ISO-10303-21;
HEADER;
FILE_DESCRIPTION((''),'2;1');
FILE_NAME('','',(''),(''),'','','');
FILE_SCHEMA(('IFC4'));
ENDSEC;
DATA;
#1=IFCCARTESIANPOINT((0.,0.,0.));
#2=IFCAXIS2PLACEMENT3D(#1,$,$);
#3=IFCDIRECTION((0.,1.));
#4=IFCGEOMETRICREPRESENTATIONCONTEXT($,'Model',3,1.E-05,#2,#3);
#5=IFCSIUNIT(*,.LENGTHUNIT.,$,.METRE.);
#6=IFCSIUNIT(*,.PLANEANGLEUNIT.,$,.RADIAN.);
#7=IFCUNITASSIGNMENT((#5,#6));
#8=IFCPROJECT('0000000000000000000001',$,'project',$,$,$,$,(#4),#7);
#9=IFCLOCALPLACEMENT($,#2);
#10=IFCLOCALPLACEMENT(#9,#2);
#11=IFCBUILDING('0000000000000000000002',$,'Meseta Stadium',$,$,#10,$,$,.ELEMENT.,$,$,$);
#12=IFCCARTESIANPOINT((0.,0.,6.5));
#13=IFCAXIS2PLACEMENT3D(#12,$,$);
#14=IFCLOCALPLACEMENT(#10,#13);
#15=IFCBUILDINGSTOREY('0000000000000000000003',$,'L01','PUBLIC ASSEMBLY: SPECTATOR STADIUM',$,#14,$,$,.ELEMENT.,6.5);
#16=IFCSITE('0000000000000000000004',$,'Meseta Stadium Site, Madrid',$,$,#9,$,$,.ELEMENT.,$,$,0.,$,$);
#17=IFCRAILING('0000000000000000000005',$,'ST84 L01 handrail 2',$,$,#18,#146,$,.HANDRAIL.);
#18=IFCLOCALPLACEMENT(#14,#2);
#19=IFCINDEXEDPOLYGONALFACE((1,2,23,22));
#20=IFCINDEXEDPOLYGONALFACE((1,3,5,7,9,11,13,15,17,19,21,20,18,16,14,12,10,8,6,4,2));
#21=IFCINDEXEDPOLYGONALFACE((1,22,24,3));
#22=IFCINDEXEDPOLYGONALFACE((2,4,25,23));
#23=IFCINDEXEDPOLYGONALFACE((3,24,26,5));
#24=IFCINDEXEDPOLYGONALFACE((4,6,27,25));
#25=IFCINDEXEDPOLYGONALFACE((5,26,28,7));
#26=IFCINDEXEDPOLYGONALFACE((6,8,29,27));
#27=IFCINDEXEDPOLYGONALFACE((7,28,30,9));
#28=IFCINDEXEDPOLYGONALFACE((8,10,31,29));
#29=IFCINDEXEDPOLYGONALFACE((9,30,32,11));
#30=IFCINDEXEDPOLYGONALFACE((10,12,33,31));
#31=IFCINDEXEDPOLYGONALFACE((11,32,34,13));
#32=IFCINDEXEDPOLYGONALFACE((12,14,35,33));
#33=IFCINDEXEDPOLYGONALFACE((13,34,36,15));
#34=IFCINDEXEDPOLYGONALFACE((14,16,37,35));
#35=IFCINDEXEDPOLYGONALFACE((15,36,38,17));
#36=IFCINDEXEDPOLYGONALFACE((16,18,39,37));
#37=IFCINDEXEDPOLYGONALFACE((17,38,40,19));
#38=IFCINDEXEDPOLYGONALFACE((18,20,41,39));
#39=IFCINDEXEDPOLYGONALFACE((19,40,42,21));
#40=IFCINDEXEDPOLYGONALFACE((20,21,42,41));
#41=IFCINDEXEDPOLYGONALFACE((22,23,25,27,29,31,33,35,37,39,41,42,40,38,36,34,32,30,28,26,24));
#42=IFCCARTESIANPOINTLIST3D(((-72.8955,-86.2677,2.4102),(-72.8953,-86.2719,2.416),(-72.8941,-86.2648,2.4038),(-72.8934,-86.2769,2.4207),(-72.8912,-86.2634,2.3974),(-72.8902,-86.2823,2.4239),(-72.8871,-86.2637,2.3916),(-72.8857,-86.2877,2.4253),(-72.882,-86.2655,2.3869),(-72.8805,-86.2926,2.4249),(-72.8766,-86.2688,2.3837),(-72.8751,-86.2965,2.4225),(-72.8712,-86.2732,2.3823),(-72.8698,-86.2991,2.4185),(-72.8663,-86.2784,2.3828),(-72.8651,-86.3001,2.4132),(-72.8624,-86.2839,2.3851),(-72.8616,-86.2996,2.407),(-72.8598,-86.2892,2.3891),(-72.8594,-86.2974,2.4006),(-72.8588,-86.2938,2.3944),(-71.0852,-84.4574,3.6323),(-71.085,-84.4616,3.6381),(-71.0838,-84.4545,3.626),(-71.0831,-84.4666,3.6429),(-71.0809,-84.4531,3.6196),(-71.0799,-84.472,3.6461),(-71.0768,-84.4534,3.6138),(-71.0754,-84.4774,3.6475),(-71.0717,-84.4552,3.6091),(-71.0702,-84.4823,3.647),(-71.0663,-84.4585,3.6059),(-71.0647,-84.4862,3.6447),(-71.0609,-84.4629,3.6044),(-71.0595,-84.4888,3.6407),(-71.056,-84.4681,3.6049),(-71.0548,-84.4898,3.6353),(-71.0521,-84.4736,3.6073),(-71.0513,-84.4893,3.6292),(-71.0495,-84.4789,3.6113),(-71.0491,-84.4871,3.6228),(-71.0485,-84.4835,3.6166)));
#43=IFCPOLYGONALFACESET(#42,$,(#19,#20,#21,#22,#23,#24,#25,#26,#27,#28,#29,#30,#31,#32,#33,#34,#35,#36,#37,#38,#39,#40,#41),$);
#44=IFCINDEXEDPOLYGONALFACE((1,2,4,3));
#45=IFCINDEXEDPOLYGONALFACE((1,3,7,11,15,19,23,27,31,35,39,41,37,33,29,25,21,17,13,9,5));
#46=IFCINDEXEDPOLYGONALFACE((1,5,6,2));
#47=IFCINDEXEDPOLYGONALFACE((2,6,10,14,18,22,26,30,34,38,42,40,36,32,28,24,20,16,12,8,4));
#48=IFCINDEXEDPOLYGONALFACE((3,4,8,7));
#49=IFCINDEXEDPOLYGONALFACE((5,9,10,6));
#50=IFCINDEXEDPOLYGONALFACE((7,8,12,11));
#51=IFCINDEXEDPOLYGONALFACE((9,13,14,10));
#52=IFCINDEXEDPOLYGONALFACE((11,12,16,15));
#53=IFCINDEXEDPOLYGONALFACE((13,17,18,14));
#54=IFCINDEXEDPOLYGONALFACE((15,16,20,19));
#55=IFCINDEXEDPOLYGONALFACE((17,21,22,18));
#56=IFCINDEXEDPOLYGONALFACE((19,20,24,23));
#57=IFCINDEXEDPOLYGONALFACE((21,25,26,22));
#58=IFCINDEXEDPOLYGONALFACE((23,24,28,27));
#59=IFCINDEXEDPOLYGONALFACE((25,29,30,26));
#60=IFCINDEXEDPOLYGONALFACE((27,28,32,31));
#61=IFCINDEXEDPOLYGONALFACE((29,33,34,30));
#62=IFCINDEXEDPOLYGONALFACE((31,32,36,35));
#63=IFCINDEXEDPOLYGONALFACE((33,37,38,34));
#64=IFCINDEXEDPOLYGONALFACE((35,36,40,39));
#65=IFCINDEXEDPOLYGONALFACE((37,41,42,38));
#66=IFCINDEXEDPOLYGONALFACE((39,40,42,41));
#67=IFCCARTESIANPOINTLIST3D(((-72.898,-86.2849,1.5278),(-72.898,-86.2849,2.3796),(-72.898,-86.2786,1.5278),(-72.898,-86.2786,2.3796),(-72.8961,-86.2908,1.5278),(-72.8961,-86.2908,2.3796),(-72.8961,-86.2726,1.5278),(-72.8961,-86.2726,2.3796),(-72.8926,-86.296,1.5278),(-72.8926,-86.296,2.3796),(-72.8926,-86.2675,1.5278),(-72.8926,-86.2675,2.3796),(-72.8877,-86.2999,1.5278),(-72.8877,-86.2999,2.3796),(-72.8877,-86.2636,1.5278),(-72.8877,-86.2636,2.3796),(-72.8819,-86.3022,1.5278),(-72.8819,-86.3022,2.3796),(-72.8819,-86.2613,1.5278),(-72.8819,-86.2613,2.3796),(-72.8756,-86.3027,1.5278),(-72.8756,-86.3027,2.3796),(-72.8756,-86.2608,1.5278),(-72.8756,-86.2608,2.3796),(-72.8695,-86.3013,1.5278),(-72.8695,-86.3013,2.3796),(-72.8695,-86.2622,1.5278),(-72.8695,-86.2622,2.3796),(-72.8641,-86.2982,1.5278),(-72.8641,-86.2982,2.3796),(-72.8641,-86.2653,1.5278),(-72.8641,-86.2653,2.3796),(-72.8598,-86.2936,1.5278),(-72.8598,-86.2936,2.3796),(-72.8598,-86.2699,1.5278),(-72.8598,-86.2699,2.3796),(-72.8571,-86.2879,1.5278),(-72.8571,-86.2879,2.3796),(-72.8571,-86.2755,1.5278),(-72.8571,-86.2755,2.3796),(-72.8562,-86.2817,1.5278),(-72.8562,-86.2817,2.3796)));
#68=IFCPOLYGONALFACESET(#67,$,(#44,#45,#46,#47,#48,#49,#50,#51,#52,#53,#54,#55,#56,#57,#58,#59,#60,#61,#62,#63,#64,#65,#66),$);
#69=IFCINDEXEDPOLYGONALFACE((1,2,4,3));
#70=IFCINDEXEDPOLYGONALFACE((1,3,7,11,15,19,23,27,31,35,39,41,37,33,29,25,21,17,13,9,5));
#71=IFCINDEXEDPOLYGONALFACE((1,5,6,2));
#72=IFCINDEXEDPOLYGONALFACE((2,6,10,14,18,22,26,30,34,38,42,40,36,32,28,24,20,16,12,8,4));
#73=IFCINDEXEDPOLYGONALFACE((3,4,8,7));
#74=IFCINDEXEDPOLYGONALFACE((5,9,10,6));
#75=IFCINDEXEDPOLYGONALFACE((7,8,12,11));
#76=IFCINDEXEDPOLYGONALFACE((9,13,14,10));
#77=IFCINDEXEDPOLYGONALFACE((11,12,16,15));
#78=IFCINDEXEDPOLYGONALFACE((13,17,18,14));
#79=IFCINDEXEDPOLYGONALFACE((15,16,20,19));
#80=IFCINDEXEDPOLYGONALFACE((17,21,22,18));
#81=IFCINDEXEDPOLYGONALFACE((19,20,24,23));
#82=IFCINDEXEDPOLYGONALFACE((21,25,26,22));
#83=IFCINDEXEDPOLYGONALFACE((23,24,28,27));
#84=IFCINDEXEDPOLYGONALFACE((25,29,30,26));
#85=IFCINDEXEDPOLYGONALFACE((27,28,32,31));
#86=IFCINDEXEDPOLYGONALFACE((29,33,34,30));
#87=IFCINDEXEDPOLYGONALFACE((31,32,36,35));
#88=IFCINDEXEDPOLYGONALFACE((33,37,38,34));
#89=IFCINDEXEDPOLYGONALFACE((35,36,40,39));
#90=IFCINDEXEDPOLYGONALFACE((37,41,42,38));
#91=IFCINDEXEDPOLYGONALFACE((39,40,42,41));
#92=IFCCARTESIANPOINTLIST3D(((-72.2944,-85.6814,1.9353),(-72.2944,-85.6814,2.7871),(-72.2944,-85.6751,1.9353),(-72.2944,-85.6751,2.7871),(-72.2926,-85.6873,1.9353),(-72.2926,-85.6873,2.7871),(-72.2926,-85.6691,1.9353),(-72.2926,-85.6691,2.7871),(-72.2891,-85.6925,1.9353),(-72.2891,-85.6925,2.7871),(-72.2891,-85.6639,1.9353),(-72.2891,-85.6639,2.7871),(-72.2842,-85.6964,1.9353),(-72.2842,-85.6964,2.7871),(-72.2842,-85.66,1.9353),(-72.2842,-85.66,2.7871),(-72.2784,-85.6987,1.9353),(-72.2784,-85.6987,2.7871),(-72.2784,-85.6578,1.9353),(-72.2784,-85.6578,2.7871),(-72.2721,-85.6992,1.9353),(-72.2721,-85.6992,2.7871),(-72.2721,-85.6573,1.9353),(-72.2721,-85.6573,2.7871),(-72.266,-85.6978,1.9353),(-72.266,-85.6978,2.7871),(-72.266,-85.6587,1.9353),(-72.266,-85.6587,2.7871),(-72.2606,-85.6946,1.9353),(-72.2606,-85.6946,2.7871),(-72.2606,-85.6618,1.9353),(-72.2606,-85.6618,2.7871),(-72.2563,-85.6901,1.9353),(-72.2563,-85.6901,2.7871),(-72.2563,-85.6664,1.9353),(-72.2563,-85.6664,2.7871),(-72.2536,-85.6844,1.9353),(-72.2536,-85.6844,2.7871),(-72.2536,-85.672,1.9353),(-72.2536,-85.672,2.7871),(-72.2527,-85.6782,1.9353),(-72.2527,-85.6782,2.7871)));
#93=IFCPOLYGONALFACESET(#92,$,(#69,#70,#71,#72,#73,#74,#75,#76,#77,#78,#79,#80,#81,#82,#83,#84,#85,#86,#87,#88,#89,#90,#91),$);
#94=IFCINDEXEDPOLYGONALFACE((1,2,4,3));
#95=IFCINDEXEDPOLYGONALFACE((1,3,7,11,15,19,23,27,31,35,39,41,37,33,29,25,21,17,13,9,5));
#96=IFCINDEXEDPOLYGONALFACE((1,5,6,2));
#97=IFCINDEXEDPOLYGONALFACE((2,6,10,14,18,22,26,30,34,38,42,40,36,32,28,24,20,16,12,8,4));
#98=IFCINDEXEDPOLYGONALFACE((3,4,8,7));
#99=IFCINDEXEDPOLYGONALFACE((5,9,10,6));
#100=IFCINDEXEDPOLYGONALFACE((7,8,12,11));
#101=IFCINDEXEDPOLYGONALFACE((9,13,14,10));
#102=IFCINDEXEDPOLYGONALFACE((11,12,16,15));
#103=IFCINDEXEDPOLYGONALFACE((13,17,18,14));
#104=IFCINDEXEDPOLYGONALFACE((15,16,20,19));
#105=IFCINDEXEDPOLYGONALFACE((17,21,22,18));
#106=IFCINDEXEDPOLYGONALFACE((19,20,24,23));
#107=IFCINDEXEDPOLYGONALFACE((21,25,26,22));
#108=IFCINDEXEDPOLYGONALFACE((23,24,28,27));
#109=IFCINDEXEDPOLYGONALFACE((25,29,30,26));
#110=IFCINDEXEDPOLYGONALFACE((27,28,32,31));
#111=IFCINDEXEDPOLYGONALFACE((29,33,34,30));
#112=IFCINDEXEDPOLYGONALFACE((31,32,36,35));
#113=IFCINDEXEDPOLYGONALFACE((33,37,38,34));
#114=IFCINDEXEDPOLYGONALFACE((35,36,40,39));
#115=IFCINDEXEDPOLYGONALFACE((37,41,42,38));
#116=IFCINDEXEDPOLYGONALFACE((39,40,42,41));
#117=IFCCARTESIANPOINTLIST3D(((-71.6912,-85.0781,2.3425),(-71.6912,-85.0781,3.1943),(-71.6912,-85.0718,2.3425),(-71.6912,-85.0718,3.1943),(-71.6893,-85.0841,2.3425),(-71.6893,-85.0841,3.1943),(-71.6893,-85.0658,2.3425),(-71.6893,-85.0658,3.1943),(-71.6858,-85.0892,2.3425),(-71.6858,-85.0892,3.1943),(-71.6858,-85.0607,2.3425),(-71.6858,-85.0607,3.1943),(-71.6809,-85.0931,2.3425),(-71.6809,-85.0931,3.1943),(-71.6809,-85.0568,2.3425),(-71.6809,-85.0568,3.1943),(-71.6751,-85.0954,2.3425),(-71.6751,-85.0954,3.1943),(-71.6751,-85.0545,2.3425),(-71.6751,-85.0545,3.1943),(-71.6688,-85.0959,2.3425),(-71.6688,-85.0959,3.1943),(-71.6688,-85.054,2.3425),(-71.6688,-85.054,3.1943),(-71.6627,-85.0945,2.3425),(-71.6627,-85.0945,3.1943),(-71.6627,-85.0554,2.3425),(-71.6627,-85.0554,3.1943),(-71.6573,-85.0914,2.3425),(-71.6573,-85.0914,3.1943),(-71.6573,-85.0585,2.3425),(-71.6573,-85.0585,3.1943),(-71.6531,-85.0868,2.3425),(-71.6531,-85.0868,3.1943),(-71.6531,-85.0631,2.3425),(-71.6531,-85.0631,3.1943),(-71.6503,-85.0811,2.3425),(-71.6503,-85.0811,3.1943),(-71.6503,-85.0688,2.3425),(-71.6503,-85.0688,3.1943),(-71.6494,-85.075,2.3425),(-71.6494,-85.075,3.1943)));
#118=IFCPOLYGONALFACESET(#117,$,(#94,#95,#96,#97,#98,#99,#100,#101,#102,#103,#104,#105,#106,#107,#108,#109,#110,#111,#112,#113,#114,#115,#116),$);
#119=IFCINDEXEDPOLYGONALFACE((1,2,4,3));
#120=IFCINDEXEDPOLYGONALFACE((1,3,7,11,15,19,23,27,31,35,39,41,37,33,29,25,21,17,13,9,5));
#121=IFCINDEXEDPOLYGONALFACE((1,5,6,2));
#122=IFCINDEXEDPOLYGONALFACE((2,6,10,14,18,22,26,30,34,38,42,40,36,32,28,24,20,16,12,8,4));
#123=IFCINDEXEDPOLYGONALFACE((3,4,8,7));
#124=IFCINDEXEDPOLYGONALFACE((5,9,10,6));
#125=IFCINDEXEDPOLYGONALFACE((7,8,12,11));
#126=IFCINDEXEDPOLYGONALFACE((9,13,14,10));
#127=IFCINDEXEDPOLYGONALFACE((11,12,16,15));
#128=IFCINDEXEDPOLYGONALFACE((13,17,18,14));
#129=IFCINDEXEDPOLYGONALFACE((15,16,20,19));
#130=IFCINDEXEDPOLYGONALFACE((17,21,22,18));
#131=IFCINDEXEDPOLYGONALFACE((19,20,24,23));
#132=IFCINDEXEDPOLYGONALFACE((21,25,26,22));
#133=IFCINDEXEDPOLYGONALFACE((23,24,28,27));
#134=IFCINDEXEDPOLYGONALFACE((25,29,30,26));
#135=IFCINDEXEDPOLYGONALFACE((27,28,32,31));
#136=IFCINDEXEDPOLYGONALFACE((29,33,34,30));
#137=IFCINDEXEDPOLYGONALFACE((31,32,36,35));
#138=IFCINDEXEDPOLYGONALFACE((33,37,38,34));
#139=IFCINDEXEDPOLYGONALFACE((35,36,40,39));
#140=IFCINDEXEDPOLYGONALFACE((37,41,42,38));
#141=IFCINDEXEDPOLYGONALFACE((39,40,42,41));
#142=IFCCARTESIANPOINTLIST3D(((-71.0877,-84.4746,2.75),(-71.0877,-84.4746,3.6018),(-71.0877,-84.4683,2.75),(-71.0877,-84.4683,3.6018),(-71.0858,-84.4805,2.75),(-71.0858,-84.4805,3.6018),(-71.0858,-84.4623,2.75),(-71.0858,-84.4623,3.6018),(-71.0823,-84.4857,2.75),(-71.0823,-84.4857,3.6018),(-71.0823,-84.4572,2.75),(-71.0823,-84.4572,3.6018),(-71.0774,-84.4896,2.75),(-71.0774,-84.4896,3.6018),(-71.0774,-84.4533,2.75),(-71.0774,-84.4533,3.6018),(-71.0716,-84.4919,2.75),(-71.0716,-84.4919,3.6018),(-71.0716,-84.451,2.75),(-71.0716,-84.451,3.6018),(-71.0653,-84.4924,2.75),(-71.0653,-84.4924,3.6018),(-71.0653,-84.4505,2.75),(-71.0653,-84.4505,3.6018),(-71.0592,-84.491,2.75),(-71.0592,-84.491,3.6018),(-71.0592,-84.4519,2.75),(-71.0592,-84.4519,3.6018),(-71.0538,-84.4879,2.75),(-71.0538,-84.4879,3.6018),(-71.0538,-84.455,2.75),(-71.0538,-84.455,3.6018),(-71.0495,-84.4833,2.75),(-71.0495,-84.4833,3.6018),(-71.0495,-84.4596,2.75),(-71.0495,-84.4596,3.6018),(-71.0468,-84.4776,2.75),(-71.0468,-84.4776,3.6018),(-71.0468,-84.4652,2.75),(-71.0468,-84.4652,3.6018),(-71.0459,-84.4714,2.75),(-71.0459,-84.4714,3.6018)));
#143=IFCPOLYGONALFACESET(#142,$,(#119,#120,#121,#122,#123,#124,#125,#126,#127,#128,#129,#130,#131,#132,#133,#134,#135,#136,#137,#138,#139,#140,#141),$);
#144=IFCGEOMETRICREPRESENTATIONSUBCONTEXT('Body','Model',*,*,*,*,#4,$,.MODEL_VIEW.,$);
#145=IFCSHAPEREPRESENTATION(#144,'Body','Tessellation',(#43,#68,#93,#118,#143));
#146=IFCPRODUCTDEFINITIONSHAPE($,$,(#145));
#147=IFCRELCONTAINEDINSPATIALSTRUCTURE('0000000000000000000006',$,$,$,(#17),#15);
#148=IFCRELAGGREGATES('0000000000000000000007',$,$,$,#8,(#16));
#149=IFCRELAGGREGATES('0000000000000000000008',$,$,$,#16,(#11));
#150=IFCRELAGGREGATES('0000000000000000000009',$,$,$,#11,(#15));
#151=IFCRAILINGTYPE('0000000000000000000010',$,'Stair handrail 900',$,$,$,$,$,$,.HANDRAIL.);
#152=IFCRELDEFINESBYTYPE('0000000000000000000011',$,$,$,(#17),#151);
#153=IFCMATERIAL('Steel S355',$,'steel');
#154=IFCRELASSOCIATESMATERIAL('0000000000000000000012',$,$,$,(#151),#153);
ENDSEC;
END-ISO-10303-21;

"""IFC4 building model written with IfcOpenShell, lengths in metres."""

from ifc_helpers import new_model, si_unit, direction, frame, origin, origin_2d, place, context, subcontext, project, spatial, circle, extrude, material, type_object, element, save


model = new_model("IFC4")

# Units and contexts
model_context = context("Model", 3, precision=1e-05, world=origin(), true_north=direction((0.0, 1.0)))
body_context = subcontext(model_context, "Body", "Model", "MODEL_VIEW")
ifc_project = project(units=[si_unit("LENGTHUNIT", "METRE"), si_unit("PLANEANGLEUNIT", "RADIAN")], contexts=[model_context])

# Site, building, storey
site_placement = place(None, origin())
site = spatial("IfcSite", under=ifc_project, at=site_placement, Name="Meseta Stadium Site, Madrid", CompositionType="ELEMENT", RefElevation=0.0)
building_placement = place(site_placement, origin())
building = spatial("IfcBuilding", under=site, at=building_placement, Name="Meseta Stadium", CompositionType="ELEMENT")
storey_placement = place(building_placement, frame((0.0, 0.0, 6.5)))
storey = spatial("IfcBuildingStorey", under=building, at=storey_placement, Name="L01", Description="PUBLIC ASSEMBLY: SPECTATOR STADIUM", CompositionType="ELEMENT", Elevation=6.5)

# Railing
ifc_material_1 = material(Name="Steel S355", Category="steel")
railing_type = type_object("IfcRailingType", Name="Stair handrail 900", PredefinedType="HANDRAIL", material=ifc_material_1)
for number, where, name in (
    (1, (-72.8772, -86.2817, 1.5278), "ST84 L01 handrail 2"),
):
    element("IfcRailing", number, at=place(storey_placement, frame(where)), inside=storey, type_object=railing_type, Name=name, PredefinedType="HANDRAIL", context=body_context, shape_type="SweptSolid", body=[
        extrude(circle(Radius=0.0239, at=origin_2d()), frame((0.0, 0.0, 0.876), z_axis=(0.638124, 0.638124, 0.430809), x_axis=(-0.707107, 0.707107, 0.0)), (0.0, 0.0, 1.0), 2.8369),
        extrude(circle(Radius=0.021, at=origin_2d()), origin(), (0.0, 0.0, 1.0), 0.8518),
        extrude(circle(Radius=0.021, at=origin_2d()), frame((0.6035, 0.6035, 0.4075)), (0.0, 0.0, 1.0), 0.8518),
        extrude(circle(Radius=0.021, at=origin_2d()), frame((1.2068, 1.2068, 0.8147)), (0.0, 0.0, 1.0), 0.8518),
        extrude(circle(Radius=0.021, at=origin_2d()), frame((1.8103, 1.8103, 1.2222)), (0.0, 0.0, 1.0), 0.8518),
    ])

save(model, "model.ifc")
